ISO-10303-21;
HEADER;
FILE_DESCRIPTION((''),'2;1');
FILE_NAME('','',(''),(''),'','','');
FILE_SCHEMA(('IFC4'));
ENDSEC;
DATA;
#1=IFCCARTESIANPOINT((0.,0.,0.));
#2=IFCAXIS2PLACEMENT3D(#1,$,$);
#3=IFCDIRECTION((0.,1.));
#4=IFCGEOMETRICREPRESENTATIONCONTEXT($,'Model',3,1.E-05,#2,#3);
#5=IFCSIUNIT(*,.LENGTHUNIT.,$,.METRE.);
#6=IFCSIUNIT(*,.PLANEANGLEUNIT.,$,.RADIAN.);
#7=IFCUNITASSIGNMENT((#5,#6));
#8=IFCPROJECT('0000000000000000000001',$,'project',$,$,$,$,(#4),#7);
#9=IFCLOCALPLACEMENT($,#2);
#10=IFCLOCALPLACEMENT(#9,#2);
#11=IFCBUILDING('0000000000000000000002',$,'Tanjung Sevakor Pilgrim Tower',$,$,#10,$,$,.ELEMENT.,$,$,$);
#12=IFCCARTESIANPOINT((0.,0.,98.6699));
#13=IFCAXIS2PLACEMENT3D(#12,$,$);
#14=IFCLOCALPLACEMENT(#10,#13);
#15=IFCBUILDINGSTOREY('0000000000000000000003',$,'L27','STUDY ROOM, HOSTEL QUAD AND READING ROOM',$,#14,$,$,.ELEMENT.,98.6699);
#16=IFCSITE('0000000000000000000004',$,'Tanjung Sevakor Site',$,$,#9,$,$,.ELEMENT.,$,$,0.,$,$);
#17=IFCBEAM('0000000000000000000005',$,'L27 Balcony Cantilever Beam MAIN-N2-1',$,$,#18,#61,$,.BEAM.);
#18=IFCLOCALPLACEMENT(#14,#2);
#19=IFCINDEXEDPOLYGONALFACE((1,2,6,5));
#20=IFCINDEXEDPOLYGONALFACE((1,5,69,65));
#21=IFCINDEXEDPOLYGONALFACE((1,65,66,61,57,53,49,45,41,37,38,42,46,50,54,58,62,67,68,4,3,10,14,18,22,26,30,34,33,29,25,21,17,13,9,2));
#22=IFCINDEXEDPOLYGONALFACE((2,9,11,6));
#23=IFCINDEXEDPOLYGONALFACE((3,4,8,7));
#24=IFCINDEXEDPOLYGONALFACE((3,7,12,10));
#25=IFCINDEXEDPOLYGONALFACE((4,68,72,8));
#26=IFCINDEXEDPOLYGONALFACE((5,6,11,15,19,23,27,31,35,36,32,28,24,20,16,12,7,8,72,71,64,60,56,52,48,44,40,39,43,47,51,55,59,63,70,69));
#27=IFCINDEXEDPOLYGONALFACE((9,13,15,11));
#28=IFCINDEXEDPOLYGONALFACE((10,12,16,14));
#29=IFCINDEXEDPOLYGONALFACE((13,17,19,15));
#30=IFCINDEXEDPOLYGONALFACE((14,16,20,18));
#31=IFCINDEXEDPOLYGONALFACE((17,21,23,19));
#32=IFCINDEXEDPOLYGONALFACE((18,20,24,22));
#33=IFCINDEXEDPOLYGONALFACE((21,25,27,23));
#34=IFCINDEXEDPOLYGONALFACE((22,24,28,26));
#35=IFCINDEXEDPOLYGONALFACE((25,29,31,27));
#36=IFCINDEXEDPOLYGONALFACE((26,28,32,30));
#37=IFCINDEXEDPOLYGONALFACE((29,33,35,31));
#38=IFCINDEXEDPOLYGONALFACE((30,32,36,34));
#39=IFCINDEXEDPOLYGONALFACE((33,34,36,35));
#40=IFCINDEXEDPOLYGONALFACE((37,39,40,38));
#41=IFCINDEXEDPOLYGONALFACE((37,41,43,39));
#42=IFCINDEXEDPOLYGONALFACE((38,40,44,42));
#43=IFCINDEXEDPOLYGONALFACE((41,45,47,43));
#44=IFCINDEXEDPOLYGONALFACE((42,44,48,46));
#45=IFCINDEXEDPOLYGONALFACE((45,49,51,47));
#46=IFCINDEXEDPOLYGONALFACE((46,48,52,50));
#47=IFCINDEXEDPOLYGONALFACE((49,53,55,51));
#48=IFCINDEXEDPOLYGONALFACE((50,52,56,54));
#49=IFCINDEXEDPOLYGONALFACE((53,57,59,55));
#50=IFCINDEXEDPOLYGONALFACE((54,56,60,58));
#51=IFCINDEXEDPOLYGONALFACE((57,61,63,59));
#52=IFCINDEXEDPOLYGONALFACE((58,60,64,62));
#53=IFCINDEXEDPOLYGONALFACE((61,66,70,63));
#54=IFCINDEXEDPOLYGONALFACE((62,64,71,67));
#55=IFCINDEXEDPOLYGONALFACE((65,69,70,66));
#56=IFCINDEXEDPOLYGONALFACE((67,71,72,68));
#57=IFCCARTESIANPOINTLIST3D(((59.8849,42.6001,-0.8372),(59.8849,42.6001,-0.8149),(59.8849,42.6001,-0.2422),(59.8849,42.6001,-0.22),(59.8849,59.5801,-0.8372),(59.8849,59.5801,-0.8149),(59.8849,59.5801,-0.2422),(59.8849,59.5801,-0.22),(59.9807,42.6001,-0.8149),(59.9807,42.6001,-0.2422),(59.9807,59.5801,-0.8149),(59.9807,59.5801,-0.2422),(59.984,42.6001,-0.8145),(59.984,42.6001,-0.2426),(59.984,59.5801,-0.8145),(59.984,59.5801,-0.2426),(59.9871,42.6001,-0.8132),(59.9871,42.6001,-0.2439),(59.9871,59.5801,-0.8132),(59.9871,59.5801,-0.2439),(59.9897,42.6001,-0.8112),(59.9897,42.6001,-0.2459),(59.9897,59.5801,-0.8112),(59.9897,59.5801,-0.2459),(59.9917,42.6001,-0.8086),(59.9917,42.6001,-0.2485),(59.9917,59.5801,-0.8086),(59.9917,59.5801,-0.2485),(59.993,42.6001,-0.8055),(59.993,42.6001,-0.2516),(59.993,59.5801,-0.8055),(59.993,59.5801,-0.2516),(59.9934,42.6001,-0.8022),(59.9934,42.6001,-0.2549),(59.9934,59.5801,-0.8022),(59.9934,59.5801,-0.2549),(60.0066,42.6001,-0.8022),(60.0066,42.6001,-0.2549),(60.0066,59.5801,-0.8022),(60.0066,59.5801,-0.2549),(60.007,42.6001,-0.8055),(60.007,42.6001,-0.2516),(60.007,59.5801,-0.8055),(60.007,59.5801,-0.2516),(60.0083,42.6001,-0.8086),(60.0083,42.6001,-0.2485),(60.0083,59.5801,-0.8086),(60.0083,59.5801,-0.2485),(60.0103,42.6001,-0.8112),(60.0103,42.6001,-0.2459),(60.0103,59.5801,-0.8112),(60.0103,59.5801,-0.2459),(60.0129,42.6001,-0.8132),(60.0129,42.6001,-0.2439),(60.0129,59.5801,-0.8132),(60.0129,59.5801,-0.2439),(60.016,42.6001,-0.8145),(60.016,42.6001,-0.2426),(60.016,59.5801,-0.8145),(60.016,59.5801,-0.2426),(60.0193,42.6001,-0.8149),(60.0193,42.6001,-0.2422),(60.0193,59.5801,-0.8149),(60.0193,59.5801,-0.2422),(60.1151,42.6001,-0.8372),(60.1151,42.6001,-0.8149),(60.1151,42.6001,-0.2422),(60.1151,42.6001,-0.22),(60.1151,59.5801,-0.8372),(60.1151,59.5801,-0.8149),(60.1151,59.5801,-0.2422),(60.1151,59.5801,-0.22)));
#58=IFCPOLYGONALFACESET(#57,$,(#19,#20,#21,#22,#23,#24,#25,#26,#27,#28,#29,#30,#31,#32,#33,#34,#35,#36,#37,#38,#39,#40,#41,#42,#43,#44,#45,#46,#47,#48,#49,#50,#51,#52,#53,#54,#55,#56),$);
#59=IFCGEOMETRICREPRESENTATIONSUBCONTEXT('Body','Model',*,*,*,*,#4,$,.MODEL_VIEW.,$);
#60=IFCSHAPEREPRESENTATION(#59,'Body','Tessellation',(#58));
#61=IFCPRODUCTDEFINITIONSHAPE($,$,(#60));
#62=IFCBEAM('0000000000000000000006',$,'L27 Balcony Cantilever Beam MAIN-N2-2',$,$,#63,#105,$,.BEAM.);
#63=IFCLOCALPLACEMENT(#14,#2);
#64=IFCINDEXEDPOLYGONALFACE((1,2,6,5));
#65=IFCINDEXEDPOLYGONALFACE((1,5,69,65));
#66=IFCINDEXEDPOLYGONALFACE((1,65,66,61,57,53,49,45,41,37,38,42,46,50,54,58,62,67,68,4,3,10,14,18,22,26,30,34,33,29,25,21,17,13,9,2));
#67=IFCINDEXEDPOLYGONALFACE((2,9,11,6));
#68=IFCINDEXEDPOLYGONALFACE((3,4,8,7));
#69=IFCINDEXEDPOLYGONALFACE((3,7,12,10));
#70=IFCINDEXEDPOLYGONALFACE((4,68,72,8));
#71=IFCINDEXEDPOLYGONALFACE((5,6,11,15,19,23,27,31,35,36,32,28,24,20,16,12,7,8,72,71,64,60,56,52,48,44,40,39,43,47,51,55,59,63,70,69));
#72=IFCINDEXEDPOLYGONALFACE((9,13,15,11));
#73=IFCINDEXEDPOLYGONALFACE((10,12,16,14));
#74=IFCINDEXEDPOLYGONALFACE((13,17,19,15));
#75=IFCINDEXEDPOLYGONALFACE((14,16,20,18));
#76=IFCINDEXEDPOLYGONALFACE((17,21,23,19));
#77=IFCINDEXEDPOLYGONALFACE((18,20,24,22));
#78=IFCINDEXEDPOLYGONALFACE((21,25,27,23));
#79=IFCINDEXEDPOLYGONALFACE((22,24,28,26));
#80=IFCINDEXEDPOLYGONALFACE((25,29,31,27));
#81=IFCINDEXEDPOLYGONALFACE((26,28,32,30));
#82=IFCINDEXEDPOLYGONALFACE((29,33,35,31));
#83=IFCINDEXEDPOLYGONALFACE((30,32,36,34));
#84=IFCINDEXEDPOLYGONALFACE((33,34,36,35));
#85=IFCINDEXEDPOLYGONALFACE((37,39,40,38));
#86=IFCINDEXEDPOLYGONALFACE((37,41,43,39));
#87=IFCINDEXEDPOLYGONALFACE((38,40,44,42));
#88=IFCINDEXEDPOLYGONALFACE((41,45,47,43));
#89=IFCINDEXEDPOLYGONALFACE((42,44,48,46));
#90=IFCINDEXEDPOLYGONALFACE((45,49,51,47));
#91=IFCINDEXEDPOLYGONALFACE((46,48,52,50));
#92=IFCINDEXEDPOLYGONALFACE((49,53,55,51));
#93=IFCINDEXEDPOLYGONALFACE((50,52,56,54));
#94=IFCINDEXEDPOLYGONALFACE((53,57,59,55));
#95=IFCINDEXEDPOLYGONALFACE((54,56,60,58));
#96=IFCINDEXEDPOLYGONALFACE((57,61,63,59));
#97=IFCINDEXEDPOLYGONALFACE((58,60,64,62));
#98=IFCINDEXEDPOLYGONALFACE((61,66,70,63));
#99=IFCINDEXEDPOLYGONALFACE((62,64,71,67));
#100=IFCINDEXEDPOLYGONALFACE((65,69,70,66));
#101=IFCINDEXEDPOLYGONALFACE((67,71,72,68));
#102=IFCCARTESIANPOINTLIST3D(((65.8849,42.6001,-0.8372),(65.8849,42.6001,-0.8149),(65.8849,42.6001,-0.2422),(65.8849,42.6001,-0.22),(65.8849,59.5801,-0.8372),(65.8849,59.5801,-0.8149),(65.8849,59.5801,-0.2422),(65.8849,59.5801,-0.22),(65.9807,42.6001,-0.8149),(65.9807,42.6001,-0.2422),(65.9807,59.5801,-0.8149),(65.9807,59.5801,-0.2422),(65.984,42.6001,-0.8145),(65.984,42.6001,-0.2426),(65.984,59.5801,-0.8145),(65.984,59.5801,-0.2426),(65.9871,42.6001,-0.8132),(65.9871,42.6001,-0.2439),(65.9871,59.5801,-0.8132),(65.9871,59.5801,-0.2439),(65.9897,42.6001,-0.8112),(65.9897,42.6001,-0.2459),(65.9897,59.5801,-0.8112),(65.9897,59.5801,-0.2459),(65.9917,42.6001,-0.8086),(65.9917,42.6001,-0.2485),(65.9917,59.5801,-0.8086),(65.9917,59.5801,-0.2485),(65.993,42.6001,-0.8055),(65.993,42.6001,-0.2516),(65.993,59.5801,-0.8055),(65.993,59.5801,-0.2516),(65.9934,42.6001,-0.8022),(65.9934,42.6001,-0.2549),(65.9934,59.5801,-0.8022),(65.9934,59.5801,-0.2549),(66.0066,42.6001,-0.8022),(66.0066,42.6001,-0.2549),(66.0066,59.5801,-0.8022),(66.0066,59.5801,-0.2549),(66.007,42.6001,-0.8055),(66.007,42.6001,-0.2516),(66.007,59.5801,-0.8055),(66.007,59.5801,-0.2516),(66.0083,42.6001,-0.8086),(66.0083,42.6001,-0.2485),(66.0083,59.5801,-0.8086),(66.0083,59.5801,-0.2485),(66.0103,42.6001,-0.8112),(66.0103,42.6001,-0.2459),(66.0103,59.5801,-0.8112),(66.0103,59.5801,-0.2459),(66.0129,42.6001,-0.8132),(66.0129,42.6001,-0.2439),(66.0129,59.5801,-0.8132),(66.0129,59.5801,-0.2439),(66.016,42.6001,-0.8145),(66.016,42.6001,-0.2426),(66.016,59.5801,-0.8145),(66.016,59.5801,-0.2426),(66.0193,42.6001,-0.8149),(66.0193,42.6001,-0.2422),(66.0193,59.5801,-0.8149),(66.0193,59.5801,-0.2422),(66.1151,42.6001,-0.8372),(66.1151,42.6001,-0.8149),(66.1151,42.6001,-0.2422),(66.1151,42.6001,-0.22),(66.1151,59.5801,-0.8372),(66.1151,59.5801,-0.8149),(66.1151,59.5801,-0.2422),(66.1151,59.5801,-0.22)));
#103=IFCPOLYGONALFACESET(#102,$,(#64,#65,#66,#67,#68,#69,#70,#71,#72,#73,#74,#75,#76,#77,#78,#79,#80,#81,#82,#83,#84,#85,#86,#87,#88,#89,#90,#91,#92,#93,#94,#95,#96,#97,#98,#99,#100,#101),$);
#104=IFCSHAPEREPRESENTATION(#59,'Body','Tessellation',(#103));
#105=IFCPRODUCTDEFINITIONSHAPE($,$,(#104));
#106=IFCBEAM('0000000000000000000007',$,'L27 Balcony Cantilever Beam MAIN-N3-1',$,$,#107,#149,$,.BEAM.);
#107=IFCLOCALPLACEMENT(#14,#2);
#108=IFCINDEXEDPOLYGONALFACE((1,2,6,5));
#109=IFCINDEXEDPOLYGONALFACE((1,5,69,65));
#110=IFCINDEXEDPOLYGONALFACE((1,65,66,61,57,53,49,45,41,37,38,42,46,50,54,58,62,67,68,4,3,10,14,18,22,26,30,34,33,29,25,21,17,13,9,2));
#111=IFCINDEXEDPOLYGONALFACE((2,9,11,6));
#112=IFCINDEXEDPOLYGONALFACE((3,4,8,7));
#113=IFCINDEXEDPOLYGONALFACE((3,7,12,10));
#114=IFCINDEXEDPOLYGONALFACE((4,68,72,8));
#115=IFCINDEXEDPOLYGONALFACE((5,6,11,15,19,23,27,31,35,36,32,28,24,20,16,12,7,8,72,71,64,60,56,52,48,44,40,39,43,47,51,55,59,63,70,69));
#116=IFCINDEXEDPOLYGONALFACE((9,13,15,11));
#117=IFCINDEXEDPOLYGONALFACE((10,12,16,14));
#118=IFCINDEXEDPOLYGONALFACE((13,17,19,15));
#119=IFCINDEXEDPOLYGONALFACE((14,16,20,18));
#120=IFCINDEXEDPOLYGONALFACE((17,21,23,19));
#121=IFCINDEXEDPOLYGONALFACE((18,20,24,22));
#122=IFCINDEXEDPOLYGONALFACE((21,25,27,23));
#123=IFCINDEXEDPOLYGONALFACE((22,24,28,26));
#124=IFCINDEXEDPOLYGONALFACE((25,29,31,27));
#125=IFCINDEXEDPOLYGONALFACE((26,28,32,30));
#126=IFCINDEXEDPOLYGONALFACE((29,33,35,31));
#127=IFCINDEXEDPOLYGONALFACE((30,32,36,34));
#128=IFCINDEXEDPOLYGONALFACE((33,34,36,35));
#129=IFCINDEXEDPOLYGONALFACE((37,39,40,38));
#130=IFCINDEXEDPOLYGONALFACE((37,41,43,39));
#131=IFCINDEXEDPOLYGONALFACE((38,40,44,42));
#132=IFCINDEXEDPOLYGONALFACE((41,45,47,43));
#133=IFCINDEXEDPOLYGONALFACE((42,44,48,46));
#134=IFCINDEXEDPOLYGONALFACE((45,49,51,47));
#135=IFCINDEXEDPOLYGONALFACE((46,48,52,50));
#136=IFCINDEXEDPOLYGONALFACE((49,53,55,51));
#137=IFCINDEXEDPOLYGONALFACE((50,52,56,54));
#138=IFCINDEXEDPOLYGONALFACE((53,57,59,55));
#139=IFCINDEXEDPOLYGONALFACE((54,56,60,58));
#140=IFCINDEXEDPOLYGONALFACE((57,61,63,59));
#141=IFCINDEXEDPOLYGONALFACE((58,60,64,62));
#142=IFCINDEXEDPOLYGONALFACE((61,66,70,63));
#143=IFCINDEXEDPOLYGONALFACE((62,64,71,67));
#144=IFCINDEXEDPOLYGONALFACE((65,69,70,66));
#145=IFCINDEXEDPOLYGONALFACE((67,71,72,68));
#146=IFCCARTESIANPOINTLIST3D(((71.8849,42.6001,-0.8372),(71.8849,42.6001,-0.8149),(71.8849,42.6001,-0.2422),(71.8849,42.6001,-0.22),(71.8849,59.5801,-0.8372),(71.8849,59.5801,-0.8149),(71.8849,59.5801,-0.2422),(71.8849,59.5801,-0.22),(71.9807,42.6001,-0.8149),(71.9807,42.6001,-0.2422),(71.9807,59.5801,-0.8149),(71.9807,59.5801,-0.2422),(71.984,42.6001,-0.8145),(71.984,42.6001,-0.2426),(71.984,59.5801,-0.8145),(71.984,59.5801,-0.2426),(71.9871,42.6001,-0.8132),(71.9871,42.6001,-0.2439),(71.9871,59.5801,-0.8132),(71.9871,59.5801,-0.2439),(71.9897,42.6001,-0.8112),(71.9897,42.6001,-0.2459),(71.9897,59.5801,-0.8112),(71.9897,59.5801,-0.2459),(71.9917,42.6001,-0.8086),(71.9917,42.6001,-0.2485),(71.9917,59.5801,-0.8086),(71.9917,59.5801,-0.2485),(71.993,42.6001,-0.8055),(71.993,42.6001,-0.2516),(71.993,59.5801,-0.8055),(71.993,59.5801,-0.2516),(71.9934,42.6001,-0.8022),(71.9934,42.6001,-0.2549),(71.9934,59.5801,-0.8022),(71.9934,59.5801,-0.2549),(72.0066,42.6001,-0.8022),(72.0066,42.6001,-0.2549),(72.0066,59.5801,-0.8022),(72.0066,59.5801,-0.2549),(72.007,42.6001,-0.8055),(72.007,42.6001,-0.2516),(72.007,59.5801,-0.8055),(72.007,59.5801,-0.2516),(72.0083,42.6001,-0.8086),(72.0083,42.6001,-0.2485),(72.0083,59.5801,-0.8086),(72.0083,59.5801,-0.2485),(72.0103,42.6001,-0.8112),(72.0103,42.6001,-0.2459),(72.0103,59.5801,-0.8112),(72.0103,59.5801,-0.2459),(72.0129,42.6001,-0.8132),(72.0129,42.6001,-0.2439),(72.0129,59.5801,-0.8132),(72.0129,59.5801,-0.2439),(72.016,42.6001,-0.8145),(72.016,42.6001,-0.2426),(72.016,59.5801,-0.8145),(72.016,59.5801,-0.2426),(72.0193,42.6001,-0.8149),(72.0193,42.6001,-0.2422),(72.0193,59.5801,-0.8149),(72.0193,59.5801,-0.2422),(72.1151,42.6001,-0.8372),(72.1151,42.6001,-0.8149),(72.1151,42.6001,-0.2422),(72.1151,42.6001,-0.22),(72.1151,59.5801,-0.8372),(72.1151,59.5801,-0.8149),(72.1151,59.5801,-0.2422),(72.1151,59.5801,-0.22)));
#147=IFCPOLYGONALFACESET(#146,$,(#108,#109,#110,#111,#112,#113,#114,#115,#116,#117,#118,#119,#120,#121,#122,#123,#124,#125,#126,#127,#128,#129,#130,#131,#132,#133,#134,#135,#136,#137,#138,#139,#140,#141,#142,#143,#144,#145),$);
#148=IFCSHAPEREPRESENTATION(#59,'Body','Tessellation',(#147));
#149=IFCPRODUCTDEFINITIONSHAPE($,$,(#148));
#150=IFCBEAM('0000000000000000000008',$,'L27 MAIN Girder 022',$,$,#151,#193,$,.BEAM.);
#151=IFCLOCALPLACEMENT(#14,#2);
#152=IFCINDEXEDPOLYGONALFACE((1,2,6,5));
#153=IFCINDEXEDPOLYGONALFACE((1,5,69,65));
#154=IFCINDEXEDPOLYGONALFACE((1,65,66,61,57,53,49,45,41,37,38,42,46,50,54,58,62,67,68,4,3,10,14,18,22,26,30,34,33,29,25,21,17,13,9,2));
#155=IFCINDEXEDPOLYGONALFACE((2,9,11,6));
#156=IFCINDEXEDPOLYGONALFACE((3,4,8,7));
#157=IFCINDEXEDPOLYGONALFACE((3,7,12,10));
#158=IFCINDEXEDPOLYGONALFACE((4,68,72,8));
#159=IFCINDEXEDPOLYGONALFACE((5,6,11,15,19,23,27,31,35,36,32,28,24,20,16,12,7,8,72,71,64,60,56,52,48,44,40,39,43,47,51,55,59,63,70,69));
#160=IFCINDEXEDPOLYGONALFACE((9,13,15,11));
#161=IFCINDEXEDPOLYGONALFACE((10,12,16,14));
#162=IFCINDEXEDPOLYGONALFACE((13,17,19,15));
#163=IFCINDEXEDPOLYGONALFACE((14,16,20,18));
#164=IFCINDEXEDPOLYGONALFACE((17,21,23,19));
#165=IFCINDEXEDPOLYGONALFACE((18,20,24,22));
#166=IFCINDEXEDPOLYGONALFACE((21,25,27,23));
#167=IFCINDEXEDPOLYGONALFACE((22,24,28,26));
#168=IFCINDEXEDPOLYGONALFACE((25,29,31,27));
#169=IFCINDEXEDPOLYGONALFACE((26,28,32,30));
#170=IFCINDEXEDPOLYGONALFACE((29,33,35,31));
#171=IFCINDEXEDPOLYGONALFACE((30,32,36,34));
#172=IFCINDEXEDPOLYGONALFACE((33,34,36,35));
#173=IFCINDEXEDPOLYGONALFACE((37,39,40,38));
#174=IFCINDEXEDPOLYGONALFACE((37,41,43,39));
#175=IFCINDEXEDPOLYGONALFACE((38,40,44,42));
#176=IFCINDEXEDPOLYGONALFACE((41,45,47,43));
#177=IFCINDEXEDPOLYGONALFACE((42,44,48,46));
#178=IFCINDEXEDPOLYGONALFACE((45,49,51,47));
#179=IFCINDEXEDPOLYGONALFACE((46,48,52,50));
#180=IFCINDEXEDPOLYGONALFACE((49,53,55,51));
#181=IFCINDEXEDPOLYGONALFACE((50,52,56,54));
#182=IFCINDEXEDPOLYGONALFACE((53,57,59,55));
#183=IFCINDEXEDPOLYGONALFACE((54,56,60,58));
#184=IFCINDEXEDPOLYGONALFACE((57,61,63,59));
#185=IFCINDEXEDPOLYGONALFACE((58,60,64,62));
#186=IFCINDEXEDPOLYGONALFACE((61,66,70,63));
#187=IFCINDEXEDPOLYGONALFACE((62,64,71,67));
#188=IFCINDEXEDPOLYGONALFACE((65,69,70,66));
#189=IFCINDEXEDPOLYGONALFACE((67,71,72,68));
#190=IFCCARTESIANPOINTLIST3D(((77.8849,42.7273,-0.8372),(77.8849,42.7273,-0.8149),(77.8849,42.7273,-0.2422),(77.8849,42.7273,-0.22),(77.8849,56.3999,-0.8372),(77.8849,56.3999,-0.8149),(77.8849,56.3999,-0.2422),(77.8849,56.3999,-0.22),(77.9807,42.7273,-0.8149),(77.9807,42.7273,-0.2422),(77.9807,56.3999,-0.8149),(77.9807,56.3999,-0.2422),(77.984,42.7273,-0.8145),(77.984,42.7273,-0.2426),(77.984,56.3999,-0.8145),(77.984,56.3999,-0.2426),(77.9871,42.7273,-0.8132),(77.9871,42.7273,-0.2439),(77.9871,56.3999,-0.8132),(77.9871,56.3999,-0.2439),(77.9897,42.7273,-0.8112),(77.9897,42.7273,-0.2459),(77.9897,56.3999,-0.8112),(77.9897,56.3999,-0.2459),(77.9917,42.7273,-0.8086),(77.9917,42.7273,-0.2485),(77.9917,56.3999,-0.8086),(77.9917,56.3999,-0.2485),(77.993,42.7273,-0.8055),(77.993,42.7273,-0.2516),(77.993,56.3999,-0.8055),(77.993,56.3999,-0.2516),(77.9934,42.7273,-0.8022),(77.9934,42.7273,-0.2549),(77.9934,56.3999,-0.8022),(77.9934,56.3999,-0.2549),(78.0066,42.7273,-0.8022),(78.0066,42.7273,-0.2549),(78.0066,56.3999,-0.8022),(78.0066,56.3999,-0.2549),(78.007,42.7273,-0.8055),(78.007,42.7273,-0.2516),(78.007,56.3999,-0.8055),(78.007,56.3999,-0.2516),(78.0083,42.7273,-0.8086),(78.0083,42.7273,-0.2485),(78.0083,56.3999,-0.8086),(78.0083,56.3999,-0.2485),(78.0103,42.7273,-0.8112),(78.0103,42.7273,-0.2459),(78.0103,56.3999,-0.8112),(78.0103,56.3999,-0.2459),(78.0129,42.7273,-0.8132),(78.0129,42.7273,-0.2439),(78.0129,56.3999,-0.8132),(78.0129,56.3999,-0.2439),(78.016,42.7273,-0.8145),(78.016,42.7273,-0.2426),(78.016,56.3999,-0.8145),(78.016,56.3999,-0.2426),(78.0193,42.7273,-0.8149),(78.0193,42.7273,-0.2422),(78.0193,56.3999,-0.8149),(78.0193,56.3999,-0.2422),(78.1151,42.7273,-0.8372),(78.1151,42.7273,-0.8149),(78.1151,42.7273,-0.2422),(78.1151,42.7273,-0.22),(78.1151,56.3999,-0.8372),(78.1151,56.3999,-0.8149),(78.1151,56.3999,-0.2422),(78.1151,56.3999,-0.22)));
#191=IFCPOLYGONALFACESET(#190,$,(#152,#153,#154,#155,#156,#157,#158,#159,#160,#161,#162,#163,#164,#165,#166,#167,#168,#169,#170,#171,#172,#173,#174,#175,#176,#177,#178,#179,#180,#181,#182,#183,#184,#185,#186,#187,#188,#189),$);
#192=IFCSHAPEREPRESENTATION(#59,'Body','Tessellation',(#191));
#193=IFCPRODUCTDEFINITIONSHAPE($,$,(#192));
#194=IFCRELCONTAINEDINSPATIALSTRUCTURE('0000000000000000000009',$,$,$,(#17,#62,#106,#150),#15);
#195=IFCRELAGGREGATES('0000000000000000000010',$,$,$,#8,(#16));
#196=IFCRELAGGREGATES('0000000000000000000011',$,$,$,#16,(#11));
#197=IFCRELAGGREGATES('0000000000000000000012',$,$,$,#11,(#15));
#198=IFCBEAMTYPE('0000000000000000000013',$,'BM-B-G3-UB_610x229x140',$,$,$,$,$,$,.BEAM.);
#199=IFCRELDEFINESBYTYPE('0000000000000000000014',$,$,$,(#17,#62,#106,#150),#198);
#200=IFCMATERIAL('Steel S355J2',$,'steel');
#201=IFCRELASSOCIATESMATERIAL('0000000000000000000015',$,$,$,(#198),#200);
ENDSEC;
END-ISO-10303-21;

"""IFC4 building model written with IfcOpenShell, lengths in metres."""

from ifc_helpers import new_model, si_unit, direction, frame, origin, origin_2d, place, context, subcontext, project, spatial, i_section, extrude, material, material_profile, profile_set, type_object, element, save


model = new_model("IFC4")

# Units and contexts
model_context = context("Model", 3, precision=1e-05, world=origin(), true_north=direction((0.0, 1.0)))
body_context = subcontext(model_context, "Body", "Model", "MODEL_VIEW")
ifc_project = project(units=[si_unit("LENGTHUNIT", "METRE"), si_unit("PLANEANGLEUNIT", "RADIAN")], contexts=[model_context])

# Site, building, storey
site_placement = place(None, origin())
site = spatial("IfcSite", under=ifc_project, at=site_placement, Name="Tanjung Sevakor Site", CompositionType="ELEMENT", RefElevation=0.0)
building_placement = place(site_placement, origin())
building = spatial("IfcBuilding", under=site, at=building_placement, Name="Tanjung Sevakor Pilgrim Tower", CompositionType="ELEMENT")
storey_placement = place(building_placement, frame((0.0, 0.0, 98.6699)))
storey = spatial("IfcBuildingStorey", under=building, at=storey_placement, Name="L27", Description="STUDY ROOM, HOSTEL QUAD AND READING ROOM", CompositionType="ELEMENT", Elevation=98.6699)

# Beams
ifc_material_1 = material(Name="Steel S355J2", Category="steel")
ifc_material_profile_1 = material_profile(ifc_material_1, i_section(OverallWidth=0.2302, OverallDepth=0.6172, WebThickness=0.0132, FlangeThickness=0.0222, FilletRadius=0.0127, at=origin_2d()))
ifc_profile_set_1 = profile_set([ifc_material_profile_1], Name="Steel S355J2")
beam_type_1 = type_object("IfcBeamType", Name="BM-B-G3-UB_610x229x140", PredefinedType="BEAM", material=ifc_profile_set_1)
for number, where, z_axis, x_axis, name in (
    (1, (60.0, 42.6001, -0.5286), (0.0, 1.0, 0.0), (-1.0, 0.0, 0.0), "L27 Balcony Cantilever Beam MAIN-N2-1"),
    (2, (66.0, 42.6001, -0.5286), (0.0, 1.0, 0.0), (-1.0, 0.0, 0.0), "L27 Balcony Cantilever Beam MAIN-N2-2"),
    (3, (72.0, 42.6001, -0.5286), (0.0, 1.0, 0.0), (-1.0, 0.0, 0.0), "L27 Balcony Cantilever Beam MAIN-N3-1"),
):
    element("IfcBeam", number, at=place(storey_placement, frame(where, z_axis=z_axis, x_axis=x_axis)), inside=storey, type_object=beam_type_1, Name=name, PredefinedType="BEAM", context=body_context, shape_type="SweptSolid", body=[
        extrude(i_section(OverallWidth=0.2302, OverallDepth=0.6172, WebThickness=0.0132, FlangeThickness=0.0222, FilletRadius=0.0127, at=origin_2d()), origin(), (0.0, 0.0, 1.0), 16.98),
    ])
beam_1_placement = place(storey_placement, frame((78.0, 42.7273, -0.5286), z_axis=(0.0, 1.0, 0.0), x_axis=(-1.0, 0.0, 0.0)))
element("IfcBeam", 4, at=beam_1_placement, inside=storey, type_object=beam_type_1, Name="L27 MAIN Girder 022", PredefinedType="BEAM", context=body_context, shape_type="SweptSolid", body=[
    extrude(i_section(OverallWidth=0.2302, OverallDepth=0.6172, WebThickness=0.0132, FlangeThickness=0.0222, FilletRadius=0.0127, at=origin_2d()), origin(), (0.0, 0.0, 1.0), 13.6726),
])

save(model, "model.ifc")
